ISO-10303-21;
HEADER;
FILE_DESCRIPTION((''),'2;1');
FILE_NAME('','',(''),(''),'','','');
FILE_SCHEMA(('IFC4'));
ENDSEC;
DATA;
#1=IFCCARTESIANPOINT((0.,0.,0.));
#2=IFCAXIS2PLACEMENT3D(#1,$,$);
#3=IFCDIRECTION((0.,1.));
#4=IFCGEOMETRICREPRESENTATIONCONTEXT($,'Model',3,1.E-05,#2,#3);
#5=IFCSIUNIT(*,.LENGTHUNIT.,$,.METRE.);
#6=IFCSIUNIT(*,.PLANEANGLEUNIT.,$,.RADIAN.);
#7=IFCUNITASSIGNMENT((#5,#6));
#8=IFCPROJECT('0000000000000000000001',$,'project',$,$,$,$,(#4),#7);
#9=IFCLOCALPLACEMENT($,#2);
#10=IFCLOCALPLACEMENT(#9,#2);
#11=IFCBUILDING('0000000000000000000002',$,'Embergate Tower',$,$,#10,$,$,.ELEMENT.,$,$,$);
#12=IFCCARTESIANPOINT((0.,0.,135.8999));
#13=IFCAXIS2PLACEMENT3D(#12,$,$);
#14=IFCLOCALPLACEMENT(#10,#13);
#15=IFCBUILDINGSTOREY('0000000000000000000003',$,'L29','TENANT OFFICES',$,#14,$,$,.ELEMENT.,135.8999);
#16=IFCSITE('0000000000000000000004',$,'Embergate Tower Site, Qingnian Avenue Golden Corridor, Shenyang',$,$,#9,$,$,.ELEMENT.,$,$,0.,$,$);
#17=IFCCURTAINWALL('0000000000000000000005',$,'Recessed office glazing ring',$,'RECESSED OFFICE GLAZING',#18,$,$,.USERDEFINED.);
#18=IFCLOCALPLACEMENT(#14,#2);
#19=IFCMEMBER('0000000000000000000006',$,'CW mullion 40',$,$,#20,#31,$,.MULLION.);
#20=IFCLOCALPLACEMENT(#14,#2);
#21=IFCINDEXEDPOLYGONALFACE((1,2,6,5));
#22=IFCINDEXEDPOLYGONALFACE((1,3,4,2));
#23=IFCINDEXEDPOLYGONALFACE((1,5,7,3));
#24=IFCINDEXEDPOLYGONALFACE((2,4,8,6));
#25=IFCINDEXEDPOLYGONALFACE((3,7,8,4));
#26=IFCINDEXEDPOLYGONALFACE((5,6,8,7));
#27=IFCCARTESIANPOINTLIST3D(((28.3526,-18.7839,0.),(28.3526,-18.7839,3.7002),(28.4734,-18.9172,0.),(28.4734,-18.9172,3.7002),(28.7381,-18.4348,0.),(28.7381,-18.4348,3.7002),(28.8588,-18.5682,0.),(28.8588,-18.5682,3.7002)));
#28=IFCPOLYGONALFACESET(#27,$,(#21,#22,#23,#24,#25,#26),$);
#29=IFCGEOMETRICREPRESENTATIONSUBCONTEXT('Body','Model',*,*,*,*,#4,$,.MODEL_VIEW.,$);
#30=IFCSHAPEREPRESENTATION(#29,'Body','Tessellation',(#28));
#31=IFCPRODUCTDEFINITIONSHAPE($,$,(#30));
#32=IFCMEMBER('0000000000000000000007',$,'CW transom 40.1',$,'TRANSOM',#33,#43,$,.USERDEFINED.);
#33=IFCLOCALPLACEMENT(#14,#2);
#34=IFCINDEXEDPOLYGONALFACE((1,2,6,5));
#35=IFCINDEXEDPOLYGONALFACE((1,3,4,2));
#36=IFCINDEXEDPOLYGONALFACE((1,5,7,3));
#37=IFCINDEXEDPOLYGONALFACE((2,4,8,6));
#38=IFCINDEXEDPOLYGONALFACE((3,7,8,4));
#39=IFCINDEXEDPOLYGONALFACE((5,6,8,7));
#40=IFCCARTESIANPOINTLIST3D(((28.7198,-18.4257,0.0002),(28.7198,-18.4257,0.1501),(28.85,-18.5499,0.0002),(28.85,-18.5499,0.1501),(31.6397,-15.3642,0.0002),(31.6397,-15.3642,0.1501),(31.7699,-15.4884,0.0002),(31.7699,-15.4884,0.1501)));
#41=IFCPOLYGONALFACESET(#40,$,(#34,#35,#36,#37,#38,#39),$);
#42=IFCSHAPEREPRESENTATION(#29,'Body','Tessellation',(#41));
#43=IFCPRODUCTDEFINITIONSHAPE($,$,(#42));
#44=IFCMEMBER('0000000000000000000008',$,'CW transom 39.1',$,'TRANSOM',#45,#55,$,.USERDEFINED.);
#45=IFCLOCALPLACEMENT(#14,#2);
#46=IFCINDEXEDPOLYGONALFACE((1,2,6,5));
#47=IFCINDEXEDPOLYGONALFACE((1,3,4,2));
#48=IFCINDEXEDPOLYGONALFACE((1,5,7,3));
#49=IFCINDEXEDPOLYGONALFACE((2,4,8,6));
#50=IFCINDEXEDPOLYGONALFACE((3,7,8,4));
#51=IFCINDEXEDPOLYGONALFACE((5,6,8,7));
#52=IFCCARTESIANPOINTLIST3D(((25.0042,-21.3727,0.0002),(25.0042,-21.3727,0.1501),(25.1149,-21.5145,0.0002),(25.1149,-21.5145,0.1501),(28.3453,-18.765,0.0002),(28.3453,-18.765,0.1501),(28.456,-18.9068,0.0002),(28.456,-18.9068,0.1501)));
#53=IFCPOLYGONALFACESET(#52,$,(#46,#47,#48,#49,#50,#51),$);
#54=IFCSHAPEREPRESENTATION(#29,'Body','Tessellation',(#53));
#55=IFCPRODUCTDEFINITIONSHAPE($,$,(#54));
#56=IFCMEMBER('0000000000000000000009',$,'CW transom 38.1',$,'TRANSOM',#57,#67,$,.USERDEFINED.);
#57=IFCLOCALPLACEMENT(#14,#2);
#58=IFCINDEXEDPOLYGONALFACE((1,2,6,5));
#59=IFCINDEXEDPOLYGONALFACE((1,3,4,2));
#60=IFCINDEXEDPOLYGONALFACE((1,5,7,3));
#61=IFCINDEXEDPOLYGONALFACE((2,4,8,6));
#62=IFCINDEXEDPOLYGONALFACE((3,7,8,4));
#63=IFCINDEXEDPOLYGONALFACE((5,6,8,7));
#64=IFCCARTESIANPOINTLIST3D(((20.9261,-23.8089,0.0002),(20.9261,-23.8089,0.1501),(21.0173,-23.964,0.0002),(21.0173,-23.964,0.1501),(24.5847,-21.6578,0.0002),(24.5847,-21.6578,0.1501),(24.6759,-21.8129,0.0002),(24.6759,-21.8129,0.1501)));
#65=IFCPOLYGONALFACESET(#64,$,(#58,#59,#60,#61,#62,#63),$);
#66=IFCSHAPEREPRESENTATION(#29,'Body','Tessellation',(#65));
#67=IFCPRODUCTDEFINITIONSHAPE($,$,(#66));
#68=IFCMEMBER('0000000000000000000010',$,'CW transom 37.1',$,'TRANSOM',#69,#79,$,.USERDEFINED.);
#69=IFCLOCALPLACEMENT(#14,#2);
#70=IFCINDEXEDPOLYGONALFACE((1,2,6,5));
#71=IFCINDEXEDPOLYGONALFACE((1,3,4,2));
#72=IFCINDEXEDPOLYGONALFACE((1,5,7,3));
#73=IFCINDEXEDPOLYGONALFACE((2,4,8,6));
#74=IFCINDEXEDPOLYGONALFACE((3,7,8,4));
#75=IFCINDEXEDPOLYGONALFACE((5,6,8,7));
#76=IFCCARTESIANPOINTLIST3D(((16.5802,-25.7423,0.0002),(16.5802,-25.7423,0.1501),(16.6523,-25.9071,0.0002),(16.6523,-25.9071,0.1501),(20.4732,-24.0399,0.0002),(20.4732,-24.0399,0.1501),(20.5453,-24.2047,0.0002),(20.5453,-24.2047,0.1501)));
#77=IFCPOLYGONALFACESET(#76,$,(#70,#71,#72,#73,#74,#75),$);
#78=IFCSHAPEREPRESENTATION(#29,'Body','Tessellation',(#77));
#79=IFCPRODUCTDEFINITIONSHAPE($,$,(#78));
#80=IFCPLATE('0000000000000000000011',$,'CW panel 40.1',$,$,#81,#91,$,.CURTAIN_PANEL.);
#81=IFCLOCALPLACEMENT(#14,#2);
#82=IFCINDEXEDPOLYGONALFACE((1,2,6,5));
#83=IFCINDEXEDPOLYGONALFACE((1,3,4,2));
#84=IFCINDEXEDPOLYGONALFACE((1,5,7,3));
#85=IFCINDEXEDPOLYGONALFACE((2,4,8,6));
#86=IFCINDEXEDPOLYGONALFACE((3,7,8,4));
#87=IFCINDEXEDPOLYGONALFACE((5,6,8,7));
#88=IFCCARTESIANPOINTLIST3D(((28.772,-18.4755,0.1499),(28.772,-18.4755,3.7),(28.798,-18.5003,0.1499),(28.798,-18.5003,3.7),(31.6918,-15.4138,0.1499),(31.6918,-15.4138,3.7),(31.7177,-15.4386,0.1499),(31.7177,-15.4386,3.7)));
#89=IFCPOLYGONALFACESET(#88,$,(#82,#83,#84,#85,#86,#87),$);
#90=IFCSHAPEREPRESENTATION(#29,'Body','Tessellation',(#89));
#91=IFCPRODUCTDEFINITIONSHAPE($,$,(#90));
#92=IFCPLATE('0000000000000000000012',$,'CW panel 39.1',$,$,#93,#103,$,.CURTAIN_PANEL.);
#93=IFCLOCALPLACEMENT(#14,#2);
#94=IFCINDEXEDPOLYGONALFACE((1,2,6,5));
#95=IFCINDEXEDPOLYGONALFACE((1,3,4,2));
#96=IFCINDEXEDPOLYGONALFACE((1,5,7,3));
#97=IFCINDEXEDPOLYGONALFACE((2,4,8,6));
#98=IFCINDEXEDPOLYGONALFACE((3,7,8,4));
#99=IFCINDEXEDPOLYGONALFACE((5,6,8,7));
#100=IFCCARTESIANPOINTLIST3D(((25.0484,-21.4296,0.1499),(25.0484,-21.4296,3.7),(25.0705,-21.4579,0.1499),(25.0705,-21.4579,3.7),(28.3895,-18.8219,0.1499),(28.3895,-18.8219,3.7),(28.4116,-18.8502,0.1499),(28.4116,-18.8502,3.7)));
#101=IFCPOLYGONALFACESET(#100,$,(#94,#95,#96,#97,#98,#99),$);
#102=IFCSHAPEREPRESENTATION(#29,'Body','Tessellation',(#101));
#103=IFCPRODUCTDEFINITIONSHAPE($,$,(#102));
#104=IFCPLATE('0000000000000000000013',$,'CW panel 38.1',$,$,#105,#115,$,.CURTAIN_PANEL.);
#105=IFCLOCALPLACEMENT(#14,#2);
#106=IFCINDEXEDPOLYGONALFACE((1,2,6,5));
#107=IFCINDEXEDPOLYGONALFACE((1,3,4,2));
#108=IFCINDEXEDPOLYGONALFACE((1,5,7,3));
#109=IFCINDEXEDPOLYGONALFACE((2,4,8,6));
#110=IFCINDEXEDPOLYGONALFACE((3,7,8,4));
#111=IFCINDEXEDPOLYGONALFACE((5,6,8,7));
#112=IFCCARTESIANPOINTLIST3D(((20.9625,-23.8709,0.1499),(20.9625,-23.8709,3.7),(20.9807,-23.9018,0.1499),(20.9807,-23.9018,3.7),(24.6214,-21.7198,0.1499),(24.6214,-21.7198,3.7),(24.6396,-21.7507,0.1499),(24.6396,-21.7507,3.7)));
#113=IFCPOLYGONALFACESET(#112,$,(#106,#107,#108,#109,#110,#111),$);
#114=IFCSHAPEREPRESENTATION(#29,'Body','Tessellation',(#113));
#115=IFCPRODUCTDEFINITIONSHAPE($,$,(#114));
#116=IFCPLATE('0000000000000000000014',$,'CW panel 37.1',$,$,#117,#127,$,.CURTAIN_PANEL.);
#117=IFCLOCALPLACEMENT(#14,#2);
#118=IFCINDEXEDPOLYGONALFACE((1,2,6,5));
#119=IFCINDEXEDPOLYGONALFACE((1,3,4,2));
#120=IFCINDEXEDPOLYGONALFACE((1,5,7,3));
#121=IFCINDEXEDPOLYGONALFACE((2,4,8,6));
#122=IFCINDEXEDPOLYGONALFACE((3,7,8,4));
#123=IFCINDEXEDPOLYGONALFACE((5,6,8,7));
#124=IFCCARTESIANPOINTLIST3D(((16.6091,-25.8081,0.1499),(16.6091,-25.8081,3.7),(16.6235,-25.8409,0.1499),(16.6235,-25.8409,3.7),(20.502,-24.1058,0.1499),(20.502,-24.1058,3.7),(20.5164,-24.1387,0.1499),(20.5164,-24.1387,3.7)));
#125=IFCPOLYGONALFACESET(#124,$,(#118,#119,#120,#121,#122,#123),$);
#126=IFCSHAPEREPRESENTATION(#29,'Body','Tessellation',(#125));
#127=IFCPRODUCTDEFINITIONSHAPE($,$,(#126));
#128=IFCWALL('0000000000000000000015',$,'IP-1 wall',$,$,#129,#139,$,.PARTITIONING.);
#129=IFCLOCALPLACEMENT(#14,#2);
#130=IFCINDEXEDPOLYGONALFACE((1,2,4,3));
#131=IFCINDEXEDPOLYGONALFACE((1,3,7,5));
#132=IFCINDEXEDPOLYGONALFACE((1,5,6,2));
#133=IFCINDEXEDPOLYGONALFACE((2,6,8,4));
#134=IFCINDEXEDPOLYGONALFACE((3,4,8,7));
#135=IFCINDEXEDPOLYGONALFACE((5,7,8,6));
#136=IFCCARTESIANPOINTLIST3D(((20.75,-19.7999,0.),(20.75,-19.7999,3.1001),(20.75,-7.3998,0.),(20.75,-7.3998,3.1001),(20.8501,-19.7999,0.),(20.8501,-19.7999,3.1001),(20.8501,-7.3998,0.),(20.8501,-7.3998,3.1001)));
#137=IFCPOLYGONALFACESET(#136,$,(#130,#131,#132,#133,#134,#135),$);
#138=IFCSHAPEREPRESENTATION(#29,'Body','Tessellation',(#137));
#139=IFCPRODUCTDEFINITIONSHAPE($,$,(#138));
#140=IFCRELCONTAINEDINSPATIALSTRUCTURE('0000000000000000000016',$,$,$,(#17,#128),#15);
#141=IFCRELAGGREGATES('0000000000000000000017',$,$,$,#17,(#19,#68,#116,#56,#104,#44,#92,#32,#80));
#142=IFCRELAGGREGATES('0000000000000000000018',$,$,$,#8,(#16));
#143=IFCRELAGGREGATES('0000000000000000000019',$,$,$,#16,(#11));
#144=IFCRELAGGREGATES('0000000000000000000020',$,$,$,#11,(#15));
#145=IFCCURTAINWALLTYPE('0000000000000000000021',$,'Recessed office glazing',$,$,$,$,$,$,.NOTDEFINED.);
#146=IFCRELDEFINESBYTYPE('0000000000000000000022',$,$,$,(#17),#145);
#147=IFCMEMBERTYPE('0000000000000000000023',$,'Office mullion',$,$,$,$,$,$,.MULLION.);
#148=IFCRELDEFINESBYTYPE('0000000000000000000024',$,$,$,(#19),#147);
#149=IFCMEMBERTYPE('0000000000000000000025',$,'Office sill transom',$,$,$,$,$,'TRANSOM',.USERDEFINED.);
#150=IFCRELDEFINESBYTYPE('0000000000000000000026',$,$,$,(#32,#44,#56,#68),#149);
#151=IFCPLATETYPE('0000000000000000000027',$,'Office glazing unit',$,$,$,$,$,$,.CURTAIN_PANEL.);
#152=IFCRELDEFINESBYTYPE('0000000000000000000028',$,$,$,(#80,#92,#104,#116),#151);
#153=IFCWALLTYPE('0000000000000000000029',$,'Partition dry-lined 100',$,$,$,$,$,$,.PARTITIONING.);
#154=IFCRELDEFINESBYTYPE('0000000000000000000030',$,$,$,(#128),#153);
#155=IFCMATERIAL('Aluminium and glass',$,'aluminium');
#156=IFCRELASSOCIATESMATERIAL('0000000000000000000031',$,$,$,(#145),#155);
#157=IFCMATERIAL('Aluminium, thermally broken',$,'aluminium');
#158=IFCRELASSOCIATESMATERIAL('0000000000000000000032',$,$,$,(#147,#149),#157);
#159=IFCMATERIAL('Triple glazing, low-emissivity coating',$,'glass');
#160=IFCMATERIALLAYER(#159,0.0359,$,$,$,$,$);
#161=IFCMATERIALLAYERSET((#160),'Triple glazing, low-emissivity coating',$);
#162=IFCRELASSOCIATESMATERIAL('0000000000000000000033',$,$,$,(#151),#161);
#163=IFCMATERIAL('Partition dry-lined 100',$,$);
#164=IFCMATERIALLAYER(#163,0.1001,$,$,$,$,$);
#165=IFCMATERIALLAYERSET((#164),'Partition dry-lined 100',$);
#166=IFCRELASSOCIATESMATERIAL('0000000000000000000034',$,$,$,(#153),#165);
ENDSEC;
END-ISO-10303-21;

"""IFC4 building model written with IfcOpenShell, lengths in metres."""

from ifc_helpers import new_model, si_unit, direction, frame, frame_2d, origin, origin_2d, place, context, subcontext, project, spatial, rectangle, extrude, source, transform, mapped, material, layer, layer_set, material_profile, profile_set, type_object, element, aggregate, save


model = new_model("IFC4")

# Units and contexts
model_context = context("Model", 3, precision=1e-05, world=origin(), true_north=direction((0.0, 1.0)))
body_context = subcontext(model_context, "Body", "Model", "MODEL_VIEW")
ifc_project = project(units=[si_unit("LENGTHUNIT", "METRE"), si_unit("PLANEANGLEUNIT", "RADIAN")], contexts=[model_context])

# Site, building, storey
site_placement = place(None, origin())
site = spatial("IfcSite", under=ifc_project, at=site_placement, Name="Embergate Tower Site, Qingnian Avenue Golden Corridor, Shenyang", CompositionType="ELEMENT", RefElevation=0.0)
building_placement = place(site_placement, origin())
building = spatial("IfcBuilding", under=site, at=building_placement, Name="Embergate Tower", CompositionType="ELEMENT")
storey_placement = place(building_placement, frame((0.0, 0.0, 135.8999)))
storey = spatial("IfcBuildingStorey", under=building, at=storey_placement, Name="L29", Description="TENANT OFFICES", CompositionType="ELEMENT", Elevation=135.8999)

# Curtain wall, members, plates
ifc_material_1 = material(Name="Aluminium and glass", Category="aluminium")
curtain_wall_type = type_object("IfcCurtainWallType", Name="Recessed office glazing", PredefinedType="NOTDEFINED", material=ifc_material_1)
curtain_wall_placement = place(storey_placement, origin())
curtain_wall = element("IfcCurtainWall", 1, at=curtain_wall_placement, inside=storey, type_object=curtain_wall_type, Name="Recessed office glazing ring", ObjectType="RECESSED OFFICE GLAZING", PredefinedType="USERDEFINED")
ifc_material_2 = material(Name="Aluminium, thermally broken", Category="aluminium")
ifc_material_profile_1 = material_profile(ifc_material_2, rectangle(XDim=0.1799, YDim=0.52, at=origin_2d()), Name="AL 520x180")
ifc_profile_set_1 = profile_set([ifc_material_profile_1], Name="Aluminium, thermally broken")
member_type_1 = type_object("IfcMemberType", Name="Office mullion", PredefinedType="MULLION", material=ifc_profile_set_1)
shared_shape_1 = source(origin(), body_context, "Body", "SweptSolid", [
    extrude(rectangle(XDim=0.1799, YDim=0.52, at=origin_2d()), origin(), (0.0, 0.0, 1.0), 3.7002),
])
member_1_placement = place(storey_placement, frame((28.6057, -18.676, 0.0), z_axis=(0.0, 0.0, 1.0), x_axis=(-0.671225, 0.741253, 0.0)))
member_1 = element("IfcMember", 2, at=member_1_placement, type_object=member_type_1, Name="CW mullion 40", PredefinedType="MULLION", context=body_context, shape_type="MappedRepresentation", body=[
    mapped(shared_shape_1, transform((0.0, 0.0, 0.0))),
])
ifc_material_profile_2 = material_profile(ifc_material_2, rectangle(XDim=0.1799, YDim=0.1499, at=origin_2d()), Name="AL 150x180")
ifc_profile_set_2 = profile_set([ifc_material_profile_2], Name="Aluminium, thermally broken")
member_type_2 = type_object("IfcMemberType", Name="Office sill transom", ElementType="TRANSOM", PredefinedType="USERDEFINED", material=ifc_profile_set_2)
shared_shape_2 = source(origin(), body_context, "Body", "SweptSolid", [
    extrude(rectangle(XDim=0.1799, YDim=0.1499, at=origin_2d()), origin(), (0.0, 0.0, 1.0), 4.2307),
])
member_2_placement = place(storey_placement, frame((28.7849, -18.4878, 0.0752), z_axis=(0.690174, 0.723644, 0.0), x_axis=(-0.723644, 0.690174, 0.0)))
member_2 = element("IfcMember", 3, at=member_2_placement, type_object=member_type_2, Name="CW transom 40.1", ObjectType="TRANSOM", PredefinedType="USERDEFINED", context=body_context, shape_type="MappedRepresentation", body=[
    mapped(shared_shape_2, transform((0.0, 0.0, 0.0))),
])
shared_shape_3 = source(origin(), body_context, "Body", "SweptSolid", [
    extrude(rectangle(XDim=0.1799, YDim=0.1499, at=origin_2d()), origin(), (0.0, 0.0, 1.0), 4.2383),
])
member_3_placement = place(storey_placement, frame((25.0596, -21.4436, 0.0752), z_axis=(0.788315, 0.615272, 0.0), x_axis=(-0.615272, 0.788315, 0.0)))
member_3 = element("IfcMember", 4, at=member_3_placement, type_object=member_type_2, Name="CW transom 39.1", ObjectType="TRANSOM", PredefinedType="USERDEFINED", context=body_context, shape_type="MappedRepresentation", body=[
    mapped(shared_shape_3, transform((0.0, 0.0, 0.0))),
])
shared_shape_4 = source(origin(), body_context, "Body", "SweptSolid", [
    extrude(rectangle(XDim=0.1799, YDim=0.1499, at=origin_2d()), origin(), (0.0, 0.0, 1.0), 4.2441),
])
member_4_placement = place(storey_placement, frame((20.9717, -23.8865, 0.0752), z_axis=(0.862042, 0.506837, 0.0), x_axis=(-0.506837, 0.862042, 0.0)))
member_4 = element("IfcMember", 5, at=member_4_placement, type_object=member_type_2, Name="CW transom 38.1", ObjectType="TRANSOM", PredefinedType="USERDEFINED", context=body_context, shape_type="MappedRepresentation", body=[
    mapped(shared_shape_4, transform((0.0, 0.0, 0.0))),
])
shared_shape_5 = source(origin(), body_context, "Body", "SweptSolid", [
    extrude(rectangle(XDim=0.1799, YDim=0.1499, at=origin_2d()), origin(), (0.0, 0.0, 1.0), 4.249),
])
member_5_placement = place(storey_placement, frame((16.6162, -25.8247, 0.0752), z_axis=(0.916229, 0.400656, 0.0), x_axis=(-0.400656, 0.916229, 0.0)))
member_5 = element("IfcMember", 6, at=member_5_placement, type_object=member_type_2, Name="CW transom 37.1", ObjectType="TRANSOM", PredefinedType="USERDEFINED", context=body_context, shape_type="MappedRepresentation", body=[
    mapped(shared_shape_5, transform((0.0, 0.0, 0.0))),
])
ifc_material_3 = material(Name="Triple glazing, low-emissivity coating", Category="glass")
ifc_layer_1 = layer(ifc_material_3, 0.0359)
ifc_layer_set_1 = layer_set([ifc_layer_1], Name="Triple glazing, low-emissivity coating")
plate_type = type_object("IfcPlateType", Name="Office glazing unit", PredefinedType="CURTAIN_PANEL", material=ifc_layer_set_1)
shared_shape_6 = source(origin(), body_context, "Body", "SweptSolid", [
    extrude(rectangle(XDim=4.2307, YDim=0.0359, at=origin_2d()), origin(), (0.0, 0.0, 1.0), 3.55),
])
plate_1_placement = place(storey_placement, frame((30.2449, -16.957, 0.1499), z_axis=(0.0, 0.0, 1.0), x_axis=(0.690138, 0.723678, 0.0)))
plate_1 = element("IfcPlate", 7, at=plate_1_placement, type_object=plate_type, Name="CW panel 40.1", PredefinedType="CURTAIN_PANEL", context=body_context, shape_type="MappedRepresentation", body=[
    mapped(shared_shape_6, transform((0.0, 0.0, 0.0))),
])
shared_shape_7 = source(origin(), body_context, "Body", "SweptSolid", [
    extrude(rectangle(XDim=4.2383, YDim=0.0359, at=origin_2d()), origin(), (0.0, 0.0, 1.0), 3.55),
])
plate_2_placement = place(storey_placement, frame((26.73, -20.1399, 0.1499), z_axis=(0.0, 0.0, 1.0), x_axis=(0.788322, 0.615263, 0.0)))
plate_2 = element("IfcPlate", 8, at=plate_2_placement, type_object=plate_type, Name="CW panel 39.1", PredefinedType="CURTAIN_PANEL", context=body_context, shape_type="MappedRepresentation", body=[
    mapped(shared_shape_7, transform((0.0, 0.0, 0.0))),
])
shared_shape_8 = source(origin(), body_context, "Body", "SweptSolid", [
    extrude(rectangle(XDim=4.2444, YDim=0.0359, at=origin_2d()), origin(), (0.0, 0.0, 1.0), 3.55),
])
plate_3_placement = place(storey_placement, frame((22.801, -22.8108, 0.1499), z_axis=(0.0, 0.0, 1.0), x_axis=(0.862055, 0.506815, 0.0)))
plate_3 = element("IfcPlate", 9, at=plate_3_placement, type_object=plate_type, Name="CW panel 38.1", PredefinedType="CURTAIN_PANEL", context=body_context, shape_type="MappedRepresentation", body=[
    mapped(shared_shape_8, transform((0.0, 0.0, 0.0))),
])
shared_shape_9 = source(origin(), body_context, "Body", "SweptSolid", [
    extrude(rectangle(XDim=4.2488, YDim=0.0359, at=origin_2d()), origin(), (0.0, 0.0, 1.0), 3.55),
])
plate_4_placement = place(storey_placement, frame((18.5627, -24.9734, 0.1499), z_axis=(0.0, 0.0, 1.0), x_axis=(0.916237, 0.400637, 0.0)))
plate_4 = element("IfcPlate", 10, at=plate_4_placement, type_object=plate_type, Name="CW panel 37.1", PredefinedType="CURTAIN_PANEL", context=body_context, shape_type="MappedRepresentation", body=[
    mapped(shared_shape_9, transform((0.0, 0.0, 0.0))),
])
aggregate(curtain_wall, [member_1, member_5, plate_4, member_4, plate_3, member_3, plate_2, member_2, plate_1])

# Wall
ifc_material_4 = material(Name="Partition dry-lined 100")
ifc_layer_2 = layer(ifc_material_4, 0.1001)
ifc_layer_set_2 = layer_set([ifc_layer_2], Name="Partition dry-lined 100")
wall_type = type_object("IfcWallType", Name="Partition dry-lined 100", PredefinedType="PARTITIONING", material=ifc_layer_set_2)
shared_shape_10 = source(origin(), body_context, "Body", "SweptSolid", [
    extrude(rectangle(XDim=12.4001, YDim=0.1001, at=frame_2d((6.2002, 0.0))), origin(), (0.0, 0.0, 1.0), 3.1001),
])
wall_placement = place(storey_placement, frame((20.8, -19.8, 0.0), z_axis=(0.0, 0.0, 1.0), x_axis=(0.0, 1.0, 0.0)))
element("IfcWall", 11, at=wall_placement, inside=storey, type_object=wall_type, Name="IP-1 wall", PredefinedType="PARTITIONING", context=body_context, shape_type="MappedRepresentation", body=[
    mapped(shared_shape_10, transform((0.0, 0.0, 0.0))),
])

save(model, "model.ifc")
